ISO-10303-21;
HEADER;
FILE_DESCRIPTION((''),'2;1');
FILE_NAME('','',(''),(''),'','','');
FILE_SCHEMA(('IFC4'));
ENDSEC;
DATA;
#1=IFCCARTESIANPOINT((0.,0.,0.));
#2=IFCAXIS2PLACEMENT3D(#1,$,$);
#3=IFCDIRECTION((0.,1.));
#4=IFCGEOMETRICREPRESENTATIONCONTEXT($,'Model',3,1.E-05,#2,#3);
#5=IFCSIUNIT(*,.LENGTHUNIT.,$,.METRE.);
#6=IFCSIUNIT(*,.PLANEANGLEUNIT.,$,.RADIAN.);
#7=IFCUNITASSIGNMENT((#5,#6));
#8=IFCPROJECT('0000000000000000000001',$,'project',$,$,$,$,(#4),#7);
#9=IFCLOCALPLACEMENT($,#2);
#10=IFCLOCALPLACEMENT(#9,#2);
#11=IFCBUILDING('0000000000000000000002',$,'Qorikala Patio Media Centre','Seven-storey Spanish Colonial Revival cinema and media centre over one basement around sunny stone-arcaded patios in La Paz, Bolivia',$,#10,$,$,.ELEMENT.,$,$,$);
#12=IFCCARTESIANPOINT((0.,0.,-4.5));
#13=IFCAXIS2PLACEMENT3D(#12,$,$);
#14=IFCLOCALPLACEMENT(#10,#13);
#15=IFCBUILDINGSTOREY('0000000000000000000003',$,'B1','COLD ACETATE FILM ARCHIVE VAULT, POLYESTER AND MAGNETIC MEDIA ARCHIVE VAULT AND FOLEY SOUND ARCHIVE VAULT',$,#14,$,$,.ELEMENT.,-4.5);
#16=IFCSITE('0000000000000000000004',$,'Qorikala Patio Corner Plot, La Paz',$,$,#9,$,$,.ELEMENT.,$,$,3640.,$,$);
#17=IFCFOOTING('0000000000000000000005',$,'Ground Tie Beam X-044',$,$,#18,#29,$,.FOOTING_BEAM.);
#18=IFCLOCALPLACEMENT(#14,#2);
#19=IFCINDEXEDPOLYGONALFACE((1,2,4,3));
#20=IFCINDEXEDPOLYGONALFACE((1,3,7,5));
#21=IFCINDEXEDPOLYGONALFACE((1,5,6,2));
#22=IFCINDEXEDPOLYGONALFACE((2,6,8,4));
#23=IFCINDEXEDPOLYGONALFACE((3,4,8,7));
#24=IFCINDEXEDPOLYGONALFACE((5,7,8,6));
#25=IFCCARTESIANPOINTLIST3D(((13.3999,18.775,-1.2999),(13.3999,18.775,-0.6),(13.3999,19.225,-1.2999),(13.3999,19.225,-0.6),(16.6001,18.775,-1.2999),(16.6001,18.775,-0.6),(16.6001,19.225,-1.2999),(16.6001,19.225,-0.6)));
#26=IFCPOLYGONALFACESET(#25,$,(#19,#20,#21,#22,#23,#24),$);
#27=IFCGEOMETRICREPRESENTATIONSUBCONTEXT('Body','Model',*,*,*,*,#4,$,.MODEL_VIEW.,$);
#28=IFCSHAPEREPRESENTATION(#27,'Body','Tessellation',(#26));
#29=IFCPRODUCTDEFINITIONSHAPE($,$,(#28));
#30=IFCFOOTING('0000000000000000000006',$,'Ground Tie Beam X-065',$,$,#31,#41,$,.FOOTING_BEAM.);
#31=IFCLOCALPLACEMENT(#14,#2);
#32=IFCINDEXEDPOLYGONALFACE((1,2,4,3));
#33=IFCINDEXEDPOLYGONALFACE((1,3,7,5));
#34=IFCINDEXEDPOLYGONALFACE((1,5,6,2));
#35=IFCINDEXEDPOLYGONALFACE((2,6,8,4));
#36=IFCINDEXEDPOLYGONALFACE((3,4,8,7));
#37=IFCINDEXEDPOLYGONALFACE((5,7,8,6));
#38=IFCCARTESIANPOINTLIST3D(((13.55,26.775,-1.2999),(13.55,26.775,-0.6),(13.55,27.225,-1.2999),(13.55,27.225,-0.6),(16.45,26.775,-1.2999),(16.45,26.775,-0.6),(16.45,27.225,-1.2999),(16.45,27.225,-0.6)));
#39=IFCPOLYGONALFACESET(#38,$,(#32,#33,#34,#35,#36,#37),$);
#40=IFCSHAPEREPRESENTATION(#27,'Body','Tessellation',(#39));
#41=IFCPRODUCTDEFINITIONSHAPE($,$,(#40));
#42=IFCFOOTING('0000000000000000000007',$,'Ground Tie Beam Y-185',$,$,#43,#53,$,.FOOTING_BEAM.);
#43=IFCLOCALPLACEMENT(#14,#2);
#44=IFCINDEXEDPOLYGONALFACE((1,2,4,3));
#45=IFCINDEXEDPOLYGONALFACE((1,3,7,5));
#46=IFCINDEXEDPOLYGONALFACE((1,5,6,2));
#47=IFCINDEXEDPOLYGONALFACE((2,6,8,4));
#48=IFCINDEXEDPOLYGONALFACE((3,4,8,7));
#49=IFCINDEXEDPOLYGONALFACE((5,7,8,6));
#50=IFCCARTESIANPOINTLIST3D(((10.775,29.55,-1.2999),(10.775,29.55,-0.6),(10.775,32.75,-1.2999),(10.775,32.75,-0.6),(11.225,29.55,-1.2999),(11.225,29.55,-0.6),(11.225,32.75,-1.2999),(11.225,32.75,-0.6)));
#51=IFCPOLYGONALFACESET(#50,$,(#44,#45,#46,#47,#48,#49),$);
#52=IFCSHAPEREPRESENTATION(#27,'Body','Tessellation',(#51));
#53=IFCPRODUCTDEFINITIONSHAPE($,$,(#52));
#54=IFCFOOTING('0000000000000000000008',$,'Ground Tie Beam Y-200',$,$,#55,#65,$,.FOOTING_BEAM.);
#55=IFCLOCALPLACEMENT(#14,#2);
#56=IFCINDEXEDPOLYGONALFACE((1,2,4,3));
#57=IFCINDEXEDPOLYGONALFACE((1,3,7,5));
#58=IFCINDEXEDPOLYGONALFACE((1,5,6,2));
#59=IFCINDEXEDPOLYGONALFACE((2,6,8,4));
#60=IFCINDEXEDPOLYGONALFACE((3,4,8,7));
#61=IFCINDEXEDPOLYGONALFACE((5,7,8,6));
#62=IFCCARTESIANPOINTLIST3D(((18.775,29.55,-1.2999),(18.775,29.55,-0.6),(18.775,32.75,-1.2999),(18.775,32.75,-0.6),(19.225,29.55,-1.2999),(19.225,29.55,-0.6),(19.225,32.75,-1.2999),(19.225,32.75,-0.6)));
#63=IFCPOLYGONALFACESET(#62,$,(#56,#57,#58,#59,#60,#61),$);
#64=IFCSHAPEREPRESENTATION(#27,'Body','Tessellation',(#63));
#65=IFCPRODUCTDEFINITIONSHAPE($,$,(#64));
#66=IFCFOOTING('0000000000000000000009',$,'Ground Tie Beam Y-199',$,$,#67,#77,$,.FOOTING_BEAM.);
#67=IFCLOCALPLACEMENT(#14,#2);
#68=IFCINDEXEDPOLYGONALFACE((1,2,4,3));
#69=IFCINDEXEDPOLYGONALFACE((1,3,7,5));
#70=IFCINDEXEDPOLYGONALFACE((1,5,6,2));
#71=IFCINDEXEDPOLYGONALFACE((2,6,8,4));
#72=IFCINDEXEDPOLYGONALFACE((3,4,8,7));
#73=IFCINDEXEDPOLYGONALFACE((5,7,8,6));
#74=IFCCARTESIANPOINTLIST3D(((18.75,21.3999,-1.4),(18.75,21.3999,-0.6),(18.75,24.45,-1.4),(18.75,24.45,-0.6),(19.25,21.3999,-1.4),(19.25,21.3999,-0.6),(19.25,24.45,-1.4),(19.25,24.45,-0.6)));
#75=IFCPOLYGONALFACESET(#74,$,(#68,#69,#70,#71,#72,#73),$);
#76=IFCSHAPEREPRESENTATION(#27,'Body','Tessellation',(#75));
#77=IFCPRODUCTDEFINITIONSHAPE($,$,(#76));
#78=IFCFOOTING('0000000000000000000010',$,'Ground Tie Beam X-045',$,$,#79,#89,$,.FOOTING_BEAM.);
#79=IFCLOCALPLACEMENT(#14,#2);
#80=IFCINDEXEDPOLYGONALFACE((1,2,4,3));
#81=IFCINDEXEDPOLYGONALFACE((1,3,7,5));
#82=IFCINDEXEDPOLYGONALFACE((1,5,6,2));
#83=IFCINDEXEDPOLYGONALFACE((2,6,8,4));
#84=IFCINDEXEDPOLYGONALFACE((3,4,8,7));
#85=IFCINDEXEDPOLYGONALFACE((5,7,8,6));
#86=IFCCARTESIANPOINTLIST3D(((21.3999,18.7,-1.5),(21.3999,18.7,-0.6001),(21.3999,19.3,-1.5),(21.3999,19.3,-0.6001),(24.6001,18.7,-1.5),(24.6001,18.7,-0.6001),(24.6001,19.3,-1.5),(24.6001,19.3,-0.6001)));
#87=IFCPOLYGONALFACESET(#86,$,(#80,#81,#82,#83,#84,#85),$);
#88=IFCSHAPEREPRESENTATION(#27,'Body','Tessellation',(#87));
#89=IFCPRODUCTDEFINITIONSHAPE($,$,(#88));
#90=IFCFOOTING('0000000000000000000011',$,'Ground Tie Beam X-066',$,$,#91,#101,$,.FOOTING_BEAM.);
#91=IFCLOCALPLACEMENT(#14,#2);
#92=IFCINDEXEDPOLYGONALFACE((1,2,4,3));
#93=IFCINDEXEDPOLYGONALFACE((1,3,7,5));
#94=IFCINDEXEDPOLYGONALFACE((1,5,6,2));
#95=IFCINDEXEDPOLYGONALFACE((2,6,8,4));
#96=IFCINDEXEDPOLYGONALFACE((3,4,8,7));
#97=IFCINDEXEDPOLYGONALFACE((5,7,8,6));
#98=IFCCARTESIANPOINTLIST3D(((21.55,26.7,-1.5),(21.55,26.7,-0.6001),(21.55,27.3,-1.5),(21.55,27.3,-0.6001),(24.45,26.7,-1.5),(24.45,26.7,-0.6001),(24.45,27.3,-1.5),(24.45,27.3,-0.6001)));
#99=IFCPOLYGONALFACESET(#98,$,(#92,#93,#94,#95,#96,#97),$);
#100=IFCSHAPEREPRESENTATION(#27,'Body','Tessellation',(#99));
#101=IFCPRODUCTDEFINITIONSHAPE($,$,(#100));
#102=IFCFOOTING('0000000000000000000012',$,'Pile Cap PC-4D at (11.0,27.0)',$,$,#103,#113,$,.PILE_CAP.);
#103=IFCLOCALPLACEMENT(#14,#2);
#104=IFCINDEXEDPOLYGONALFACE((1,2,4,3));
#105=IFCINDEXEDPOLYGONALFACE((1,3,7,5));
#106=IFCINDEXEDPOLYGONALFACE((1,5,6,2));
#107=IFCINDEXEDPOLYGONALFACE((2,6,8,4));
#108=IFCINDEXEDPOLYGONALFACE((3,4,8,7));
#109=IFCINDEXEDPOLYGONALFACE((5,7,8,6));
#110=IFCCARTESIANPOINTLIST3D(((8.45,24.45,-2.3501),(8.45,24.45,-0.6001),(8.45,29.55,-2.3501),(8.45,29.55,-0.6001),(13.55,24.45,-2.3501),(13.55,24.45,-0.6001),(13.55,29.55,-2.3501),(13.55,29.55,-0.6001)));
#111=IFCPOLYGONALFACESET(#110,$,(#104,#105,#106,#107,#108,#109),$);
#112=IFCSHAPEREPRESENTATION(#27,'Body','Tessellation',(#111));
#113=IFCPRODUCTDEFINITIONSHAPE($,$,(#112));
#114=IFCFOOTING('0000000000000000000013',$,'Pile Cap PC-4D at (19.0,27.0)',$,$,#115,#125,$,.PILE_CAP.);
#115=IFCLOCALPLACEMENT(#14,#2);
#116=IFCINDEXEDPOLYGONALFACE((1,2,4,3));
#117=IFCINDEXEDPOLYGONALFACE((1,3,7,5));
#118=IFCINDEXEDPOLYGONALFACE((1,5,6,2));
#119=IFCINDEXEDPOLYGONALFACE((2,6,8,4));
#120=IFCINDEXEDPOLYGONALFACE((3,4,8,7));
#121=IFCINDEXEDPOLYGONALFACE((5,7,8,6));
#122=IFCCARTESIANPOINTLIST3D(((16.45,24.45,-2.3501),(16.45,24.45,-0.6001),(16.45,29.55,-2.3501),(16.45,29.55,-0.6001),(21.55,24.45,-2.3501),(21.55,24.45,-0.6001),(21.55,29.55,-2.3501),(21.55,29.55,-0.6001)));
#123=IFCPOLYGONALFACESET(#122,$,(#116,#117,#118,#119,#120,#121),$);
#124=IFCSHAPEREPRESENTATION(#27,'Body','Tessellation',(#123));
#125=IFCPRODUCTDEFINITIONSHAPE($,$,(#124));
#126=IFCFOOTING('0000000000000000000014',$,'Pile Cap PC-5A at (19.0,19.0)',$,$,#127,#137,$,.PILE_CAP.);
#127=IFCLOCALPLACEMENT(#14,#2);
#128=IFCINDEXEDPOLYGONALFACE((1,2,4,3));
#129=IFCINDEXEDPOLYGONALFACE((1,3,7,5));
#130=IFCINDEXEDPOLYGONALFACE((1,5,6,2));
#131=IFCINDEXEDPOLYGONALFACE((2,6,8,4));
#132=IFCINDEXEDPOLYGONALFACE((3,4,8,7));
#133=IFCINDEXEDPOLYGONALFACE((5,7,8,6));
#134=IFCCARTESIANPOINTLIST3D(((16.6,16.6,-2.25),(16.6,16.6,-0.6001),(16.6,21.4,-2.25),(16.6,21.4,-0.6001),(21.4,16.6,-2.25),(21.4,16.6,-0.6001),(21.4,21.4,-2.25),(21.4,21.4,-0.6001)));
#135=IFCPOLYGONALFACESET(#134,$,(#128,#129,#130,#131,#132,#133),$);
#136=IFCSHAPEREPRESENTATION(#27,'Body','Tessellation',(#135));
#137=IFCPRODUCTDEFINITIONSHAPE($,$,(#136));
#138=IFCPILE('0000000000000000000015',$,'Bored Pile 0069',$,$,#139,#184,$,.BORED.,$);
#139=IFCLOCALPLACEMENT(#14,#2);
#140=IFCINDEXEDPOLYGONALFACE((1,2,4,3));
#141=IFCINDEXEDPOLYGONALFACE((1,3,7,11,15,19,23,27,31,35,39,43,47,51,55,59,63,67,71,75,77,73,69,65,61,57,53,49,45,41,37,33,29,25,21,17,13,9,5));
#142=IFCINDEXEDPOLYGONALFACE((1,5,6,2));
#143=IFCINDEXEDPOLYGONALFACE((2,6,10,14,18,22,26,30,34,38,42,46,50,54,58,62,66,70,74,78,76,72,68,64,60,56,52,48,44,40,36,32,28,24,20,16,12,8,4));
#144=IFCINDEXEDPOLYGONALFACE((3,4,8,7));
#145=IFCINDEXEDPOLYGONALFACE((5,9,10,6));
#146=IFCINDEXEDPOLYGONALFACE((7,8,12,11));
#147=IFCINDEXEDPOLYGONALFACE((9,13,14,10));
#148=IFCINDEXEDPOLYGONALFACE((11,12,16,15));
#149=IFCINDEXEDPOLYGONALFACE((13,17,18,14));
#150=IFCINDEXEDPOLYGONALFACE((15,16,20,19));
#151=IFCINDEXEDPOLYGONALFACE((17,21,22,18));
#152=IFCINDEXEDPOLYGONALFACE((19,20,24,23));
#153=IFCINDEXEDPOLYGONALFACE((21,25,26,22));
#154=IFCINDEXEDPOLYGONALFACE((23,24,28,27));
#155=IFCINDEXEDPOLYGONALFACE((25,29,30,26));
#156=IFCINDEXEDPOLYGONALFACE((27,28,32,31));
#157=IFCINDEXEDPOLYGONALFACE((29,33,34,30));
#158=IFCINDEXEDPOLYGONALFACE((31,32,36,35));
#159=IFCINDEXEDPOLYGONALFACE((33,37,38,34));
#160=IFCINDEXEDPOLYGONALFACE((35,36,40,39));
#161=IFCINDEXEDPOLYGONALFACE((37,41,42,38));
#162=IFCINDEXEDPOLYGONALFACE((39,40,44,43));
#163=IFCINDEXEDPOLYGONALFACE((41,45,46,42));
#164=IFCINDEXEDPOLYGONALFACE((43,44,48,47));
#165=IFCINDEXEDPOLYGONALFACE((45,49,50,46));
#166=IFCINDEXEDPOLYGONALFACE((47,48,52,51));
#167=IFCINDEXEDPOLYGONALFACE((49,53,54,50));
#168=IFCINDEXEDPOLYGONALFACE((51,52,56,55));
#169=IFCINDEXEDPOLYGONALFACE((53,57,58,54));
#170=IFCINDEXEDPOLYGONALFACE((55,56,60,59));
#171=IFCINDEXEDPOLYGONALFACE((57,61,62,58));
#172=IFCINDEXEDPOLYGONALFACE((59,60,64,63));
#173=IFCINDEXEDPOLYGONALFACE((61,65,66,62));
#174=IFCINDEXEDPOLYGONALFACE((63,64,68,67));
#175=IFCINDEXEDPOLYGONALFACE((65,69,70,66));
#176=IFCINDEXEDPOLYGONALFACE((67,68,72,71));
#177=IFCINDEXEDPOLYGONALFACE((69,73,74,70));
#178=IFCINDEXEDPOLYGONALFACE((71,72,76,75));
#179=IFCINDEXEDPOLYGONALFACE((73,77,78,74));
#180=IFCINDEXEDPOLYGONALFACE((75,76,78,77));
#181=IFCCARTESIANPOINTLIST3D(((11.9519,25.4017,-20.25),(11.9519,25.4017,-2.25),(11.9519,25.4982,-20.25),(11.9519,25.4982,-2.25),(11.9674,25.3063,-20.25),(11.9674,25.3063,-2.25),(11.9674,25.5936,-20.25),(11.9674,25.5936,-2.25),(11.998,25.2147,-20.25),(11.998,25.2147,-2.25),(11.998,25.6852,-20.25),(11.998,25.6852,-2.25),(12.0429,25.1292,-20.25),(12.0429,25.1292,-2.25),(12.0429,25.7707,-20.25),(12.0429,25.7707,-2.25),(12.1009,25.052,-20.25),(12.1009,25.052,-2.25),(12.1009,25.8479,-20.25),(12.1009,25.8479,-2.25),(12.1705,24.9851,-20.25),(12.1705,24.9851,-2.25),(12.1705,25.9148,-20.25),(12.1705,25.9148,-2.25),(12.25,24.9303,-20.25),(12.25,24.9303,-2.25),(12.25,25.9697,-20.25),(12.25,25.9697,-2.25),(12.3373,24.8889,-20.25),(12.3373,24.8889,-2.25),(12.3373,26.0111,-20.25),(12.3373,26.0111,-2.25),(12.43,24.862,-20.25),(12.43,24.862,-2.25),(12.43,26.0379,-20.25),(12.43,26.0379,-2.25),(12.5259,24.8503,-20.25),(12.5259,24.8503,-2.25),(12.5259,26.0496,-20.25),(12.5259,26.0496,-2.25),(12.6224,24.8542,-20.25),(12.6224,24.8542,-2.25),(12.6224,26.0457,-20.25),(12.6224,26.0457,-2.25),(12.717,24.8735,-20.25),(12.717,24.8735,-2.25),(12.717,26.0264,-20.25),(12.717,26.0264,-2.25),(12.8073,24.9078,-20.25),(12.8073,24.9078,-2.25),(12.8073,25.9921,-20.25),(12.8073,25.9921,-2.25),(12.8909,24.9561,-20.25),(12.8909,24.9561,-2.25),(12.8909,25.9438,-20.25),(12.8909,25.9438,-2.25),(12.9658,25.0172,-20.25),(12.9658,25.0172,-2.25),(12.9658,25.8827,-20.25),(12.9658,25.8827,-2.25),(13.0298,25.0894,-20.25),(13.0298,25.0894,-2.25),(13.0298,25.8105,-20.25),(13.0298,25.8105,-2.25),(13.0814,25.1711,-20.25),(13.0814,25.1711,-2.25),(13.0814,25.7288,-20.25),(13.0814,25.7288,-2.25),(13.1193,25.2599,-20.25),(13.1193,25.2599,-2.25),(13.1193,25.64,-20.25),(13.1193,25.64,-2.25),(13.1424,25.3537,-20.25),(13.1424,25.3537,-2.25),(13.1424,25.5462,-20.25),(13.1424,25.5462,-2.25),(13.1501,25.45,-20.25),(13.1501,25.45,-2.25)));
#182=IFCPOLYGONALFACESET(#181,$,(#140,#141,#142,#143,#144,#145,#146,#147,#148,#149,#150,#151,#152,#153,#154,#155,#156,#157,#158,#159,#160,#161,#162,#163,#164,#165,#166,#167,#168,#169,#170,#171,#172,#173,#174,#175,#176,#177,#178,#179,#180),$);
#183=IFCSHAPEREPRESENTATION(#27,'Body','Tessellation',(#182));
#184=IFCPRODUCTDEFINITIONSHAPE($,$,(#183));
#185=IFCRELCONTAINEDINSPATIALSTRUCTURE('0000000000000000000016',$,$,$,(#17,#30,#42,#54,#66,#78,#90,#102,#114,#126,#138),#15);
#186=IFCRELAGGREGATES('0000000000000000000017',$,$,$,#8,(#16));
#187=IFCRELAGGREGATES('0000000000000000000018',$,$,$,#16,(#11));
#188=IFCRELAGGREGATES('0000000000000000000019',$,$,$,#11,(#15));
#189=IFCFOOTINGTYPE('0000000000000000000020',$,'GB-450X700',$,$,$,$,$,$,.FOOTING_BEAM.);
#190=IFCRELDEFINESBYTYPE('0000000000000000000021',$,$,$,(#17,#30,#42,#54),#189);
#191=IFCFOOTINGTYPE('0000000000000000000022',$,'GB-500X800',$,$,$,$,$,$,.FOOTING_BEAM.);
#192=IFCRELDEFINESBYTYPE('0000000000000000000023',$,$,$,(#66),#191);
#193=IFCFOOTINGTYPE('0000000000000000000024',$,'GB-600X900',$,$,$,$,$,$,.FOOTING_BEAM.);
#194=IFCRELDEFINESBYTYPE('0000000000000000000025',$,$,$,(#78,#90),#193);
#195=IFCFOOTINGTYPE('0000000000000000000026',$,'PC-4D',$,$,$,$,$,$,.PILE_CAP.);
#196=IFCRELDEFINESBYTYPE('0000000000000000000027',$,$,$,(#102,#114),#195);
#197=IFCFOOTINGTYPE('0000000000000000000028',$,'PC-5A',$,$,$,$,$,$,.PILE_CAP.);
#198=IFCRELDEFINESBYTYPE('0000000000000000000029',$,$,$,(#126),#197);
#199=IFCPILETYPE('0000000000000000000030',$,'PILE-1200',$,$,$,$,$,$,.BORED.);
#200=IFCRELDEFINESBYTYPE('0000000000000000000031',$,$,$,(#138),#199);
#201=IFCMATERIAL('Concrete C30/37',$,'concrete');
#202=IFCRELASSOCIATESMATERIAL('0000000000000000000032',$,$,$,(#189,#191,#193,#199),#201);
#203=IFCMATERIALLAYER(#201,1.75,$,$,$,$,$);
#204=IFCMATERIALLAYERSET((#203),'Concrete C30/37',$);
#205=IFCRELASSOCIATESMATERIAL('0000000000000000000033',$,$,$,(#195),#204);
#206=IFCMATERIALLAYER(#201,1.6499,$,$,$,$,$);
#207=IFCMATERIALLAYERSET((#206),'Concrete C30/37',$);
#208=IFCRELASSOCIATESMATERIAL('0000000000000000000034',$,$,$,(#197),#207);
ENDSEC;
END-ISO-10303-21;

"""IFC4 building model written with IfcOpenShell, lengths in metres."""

from ifc_helpers import new_model, si_unit, direction, frame, origin, origin_2d, place, context, subcontext, project, spatial, rectangle, circle, extrude, material, layer, layer_set, material_profile, profile_set, type_object, element, save


model = new_model("IFC4")

# Units and contexts
model_context = context("Model", 3, precision=1e-05, world=origin(), true_north=direction((0.0, 1.0)))
body_context = subcontext(model_context, "Body", "Model", "MODEL_VIEW")
ifc_project = project(units=[si_unit("LENGTHUNIT", "METRE"), si_unit("PLANEANGLEUNIT", "RADIAN")], contexts=[model_context])

# Site, building, storey
site_placement = place(None, origin())
site = spatial("IfcSite", under=ifc_project, at=site_placement, Name="Qorikala Patio Corner Plot, La Paz", CompositionType="ELEMENT", RefElevation=3640.0)
building_placement = place(site_placement, origin())
building = spatial("IfcBuilding", under=site, at=building_placement, Name="Qorikala Patio Media Centre", Description="Seven-storey Spanish Colonial Revival cinema and media centre over one basement around sunny stone-arcaded patios in La Paz, Bolivia", CompositionType="ELEMENT")
storey_placement = place(building_placement, frame((0.0, 0.0, -4.5)))
storey = spatial("IfcBuildingStorey", under=building, at=storey_placement, Name="B1", Description="COLD ACETATE FILM ARCHIVE VAULT, POLYESTER AND MAGNETIC MEDIA ARCHIVE VAULT AND FOLEY SOUND ARCHIVE VAULT", CompositionType="ELEMENT", Elevation=-4.5)

# Footings
ifc_material_1 = material(Name="Concrete C30/37", Category="concrete")
ifc_material_profile_1 = material_profile(ifc_material_1, rectangle(XDim=0.45, YDim=0.7, at=origin_2d()), Name="RC 450x700")
ifc_profile_set_1 = profile_set([ifc_material_profile_1], Name="Concrete C30/37")
footing_type_1 = type_object("IfcFootingType", Name="GB-450X700", PredefinedType="FOOTING_BEAM", material=ifc_profile_set_1)
footing_1_placement = place(storey_placement, frame((13.3999, 19.0, -0.95), z_axis=(1.0, 0.0, 0.0), x_axis=(0.0, 1.0, 0.0)))
element("IfcFooting", 1, at=footing_1_placement, inside=storey, type_object=footing_type_1, Name="Ground Tie Beam X-044", PredefinedType="FOOTING_BEAM", context=body_context, shape_type="SweptSolid", body=[
    extrude(rectangle(XDim=0.45, YDim=0.7, at=origin_2d()), origin(), (0.0, 0.0, 1.0), 3.2002),
])
footing_2_placement = place(storey_placement, frame((13.55, 27.0, -0.95), z_axis=(1.0, 0.0, 0.0), x_axis=(0.0, 1.0, 0.0)))
element("IfcFooting", 2, at=footing_2_placement, inside=storey, type_object=footing_type_1, Name="Ground Tie Beam X-065", PredefinedType="FOOTING_BEAM", context=body_context, shape_type="SweptSolid", body=[
    extrude(rectangle(XDim=0.45, YDim=0.7, at=origin_2d()), origin(), (0.0, 0.0, 1.0), 2.8999),
])
for number, where, z_axis, x_axis, name in (
    (3, (11.0, 29.55, -0.95), (0.0, 1.0, 0.0), (-1.0, 0.0, 0.0), "Ground Tie Beam Y-185"),
    (4, (19.0, 29.55, -0.95), (0.0, 1.0, 0.0), (-1.0, 0.0, 0.0), "Ground Tie Beam Y-200"),
):
    element("IfcFooting", number, at=place(storey_placement, frame(where, z_axis=z_axis, x_axis=x_axis)), inside=storey, type_object=footing_type_1, Name=name, PredefinedType="FOOTING_BEAM", context=body_context, shape_type="SweptSolid", body=[
        extrude(rectangle(XDim=0.45, YDim=0.7, at=origin_2d()), origin(), (0.0, 0.0, 1.0), 3.2),
    ])
ifc_material_profile_2 = material_profile(ifc_material_1, rectangle(XDim=0.5, YDim=0.8, at=origin_2d()), Name="RC 500x800")
ifc_profile_set_2 = profile_set([ifc_material_profile_2], Name="Concrete C30/37")
footing_type_2 = type_object("IfcFootingType", Name="GB-500X800", PredefinedType="FOOTING_BEAM", material=ifc_profile_set_2)
footing_3_placement = place(storey_placement, frame((19.0, 21.3999, -1.0), z_axis=(0.0, 1.0, 0.0), x_axis=(-1.0, 0.0, 0.0)))
element("IfcFooting", 5, at=footing_3_placement, inside=storey, type_object=footing_type_2, Name="Ground Tie Beam Y-199", PredefinedType="FOOTING_BEAM", context=body_context, shape_type="SweptSolid", body=[
    extrude(rectangle(XDim=0.5, YDim=0.8, at=origin_2d()), origin(), (0.0, 0.0, 1.0), 3.05),
])
ifc_material_profile_3 = material_profile(ifc_material_1, rectangle(XDim=0.6001, YDim=0.8999, at=origin_2d()), Name="RC 600x900")
ifc_profile_set_3 = profile_set([ifc_material_profile_3], Name="Concrete C30/37")
footing_type_3 = type_object("IfcFootingType", Name="GB-600X900", PredefinedType="FOOTING_BEAM", material=ifc_profile_set_3)
footing_4_placement = place(storey_placement, frame((21.3999, 19.0, -1.05), z_axis=(1.0, 0.0, 0.0), x_axis=(0.0, 1.0, 0.0)))
element("IfcFooting", 6, at=footing_4_placement, inside=storey, type_object=footing_type_3, Name="Ground Tie Beam X-045", PredefinedType="FOOTING_BEAM", context=body_context, shape_type="SweptSolid", body=[
    extrude(rectangle(XDim=0.6001, YDim=0.8999, at=origin_2d()), origin(), (0.0, 0.0, 1.0), 3.2002),
])
footing_5_placement = place(storey_placement, frame((21.55, 27.0, -1.05), z_axis=(1.0, 0.0, 0.0), x_axis=(0.0, 1.0, 0.0)))
element("IfcFooting", 7, at=footing_5_placement, inside=storey, type_object=footing_type_3, Name="Ground Tie Beam X-066", PredefinedType="FOOTING_BEAM", context=body_context, shape_type="SweptSolid", body=[
    extrude(rectangle(XDim=0.6001, YDim=0.8999, at=origin_2d()), origin(), (0.0, 0.0, 1.0), 2.8999),
])
ifc_layer_1 = layer(ifc_material_1, 1.75)
ifc_layer_set_1 = layer_set([ifc_layer_1], Name="Concrete C30/37")
footing_type_4 = type_object("IfcFootingType", Name="PC-4D", PredefinedType="PILE_CAP", material=ifc_layer_set_1)
for number, where, z_axis, x_axis, name in (
    (8, (11.0, 27.0, -2.3501), (0.0, 0.0, 1.0), (1.0, 0.0, 0.0), "Pile Cap PC-4D at (11.0,27.0)"),
    (9, (19.0, 27.0, -2.3501), (0.0, 0.0, 1.0), (1.0, 0.0, 0.0), "Pile Cap PC-4D at (19.0,27.0)"),
):
    element("IfcFooting", number, at=place(storey_placement, frame(where, z_axis=z_axis, x_axis=x_axis)), inside=storey, type_object=footing_type_4, Name=name, PredefinedType="PILE_CAP", context=body_context, shape_type="SweptSolid", body=[
        extrude(rectangle(XDim=5.1001, YDim=5.1001, at=origin_2d()), origin(), (0.0, 0.0, 1.0), 1.75),
    ])
ifc_layer_2 = layer(ifc_material_1, 1.6499)
ifc_layer_set_2 = layer_set([ifc_layer_2], Name="Concrete C30/37")
footing_type_5 = type_object("IfcFootingType", Name="PC-5A", PredefinedType="PILE_CAP", material=ifc_layer_set_2)
footing_6_placement = place(storey_placement, frame((19.0, 19.0, -2.25), z_axis=(0.0, 0.0, 1.0), x_axis=(1.0, 0.0, 0.0)))
element("IfcFooting", 10, at=footing_6_placement, inside=storey, type_object=footing_type_5, Name="Pile Cap PC-5A at (19.0,19.0)", PredefinedType="PILE_CAP", context=body_context, shape_type="SweptSolid", body=[
    extrude(rectangle(XDim=4.8, YDim=4.8, at=origin_2d()), origin(), (0.0, 0.0, 1.0), 1.6499),
])

# Pile
ifc_material_profile_4 = material_profile(ifc_material_1, circle(Radius=0.6001, at=origin_2d()), Name="BORED PILE 1200")
ifc_profile_set_4 = profile_set([ifc_material_profile_4], Name="Concrete C30/37")
pile_type_1 = type_object("IfcPileType", Name="PILE-1200", PredefinedType="BORED", material=ifc_profile_set_4)
for number, where, z_axis, x_axis, name in (
    (11, (12.55, 25.45, -2.25), (0.0, 0.0, -1.0), (1.0, 0.0, 0.0), "Bored Pile 0069"),
):
    element("IfcPile", number, at=place(storey_placement, frame(where, z_axis=z_axis, x_axis=x_axis)), inside=storey, type_object=pile_type_1, Name=name, PredefinedType="BORED", context=body_context, shape_type="SweptSolid", body=[
        extrude(circle(Radius=0.6001, at=origin_2d()), origin(), (0.0, 0.0, 1.0), 18.0),
    ])

save(model, "model.ifc")
